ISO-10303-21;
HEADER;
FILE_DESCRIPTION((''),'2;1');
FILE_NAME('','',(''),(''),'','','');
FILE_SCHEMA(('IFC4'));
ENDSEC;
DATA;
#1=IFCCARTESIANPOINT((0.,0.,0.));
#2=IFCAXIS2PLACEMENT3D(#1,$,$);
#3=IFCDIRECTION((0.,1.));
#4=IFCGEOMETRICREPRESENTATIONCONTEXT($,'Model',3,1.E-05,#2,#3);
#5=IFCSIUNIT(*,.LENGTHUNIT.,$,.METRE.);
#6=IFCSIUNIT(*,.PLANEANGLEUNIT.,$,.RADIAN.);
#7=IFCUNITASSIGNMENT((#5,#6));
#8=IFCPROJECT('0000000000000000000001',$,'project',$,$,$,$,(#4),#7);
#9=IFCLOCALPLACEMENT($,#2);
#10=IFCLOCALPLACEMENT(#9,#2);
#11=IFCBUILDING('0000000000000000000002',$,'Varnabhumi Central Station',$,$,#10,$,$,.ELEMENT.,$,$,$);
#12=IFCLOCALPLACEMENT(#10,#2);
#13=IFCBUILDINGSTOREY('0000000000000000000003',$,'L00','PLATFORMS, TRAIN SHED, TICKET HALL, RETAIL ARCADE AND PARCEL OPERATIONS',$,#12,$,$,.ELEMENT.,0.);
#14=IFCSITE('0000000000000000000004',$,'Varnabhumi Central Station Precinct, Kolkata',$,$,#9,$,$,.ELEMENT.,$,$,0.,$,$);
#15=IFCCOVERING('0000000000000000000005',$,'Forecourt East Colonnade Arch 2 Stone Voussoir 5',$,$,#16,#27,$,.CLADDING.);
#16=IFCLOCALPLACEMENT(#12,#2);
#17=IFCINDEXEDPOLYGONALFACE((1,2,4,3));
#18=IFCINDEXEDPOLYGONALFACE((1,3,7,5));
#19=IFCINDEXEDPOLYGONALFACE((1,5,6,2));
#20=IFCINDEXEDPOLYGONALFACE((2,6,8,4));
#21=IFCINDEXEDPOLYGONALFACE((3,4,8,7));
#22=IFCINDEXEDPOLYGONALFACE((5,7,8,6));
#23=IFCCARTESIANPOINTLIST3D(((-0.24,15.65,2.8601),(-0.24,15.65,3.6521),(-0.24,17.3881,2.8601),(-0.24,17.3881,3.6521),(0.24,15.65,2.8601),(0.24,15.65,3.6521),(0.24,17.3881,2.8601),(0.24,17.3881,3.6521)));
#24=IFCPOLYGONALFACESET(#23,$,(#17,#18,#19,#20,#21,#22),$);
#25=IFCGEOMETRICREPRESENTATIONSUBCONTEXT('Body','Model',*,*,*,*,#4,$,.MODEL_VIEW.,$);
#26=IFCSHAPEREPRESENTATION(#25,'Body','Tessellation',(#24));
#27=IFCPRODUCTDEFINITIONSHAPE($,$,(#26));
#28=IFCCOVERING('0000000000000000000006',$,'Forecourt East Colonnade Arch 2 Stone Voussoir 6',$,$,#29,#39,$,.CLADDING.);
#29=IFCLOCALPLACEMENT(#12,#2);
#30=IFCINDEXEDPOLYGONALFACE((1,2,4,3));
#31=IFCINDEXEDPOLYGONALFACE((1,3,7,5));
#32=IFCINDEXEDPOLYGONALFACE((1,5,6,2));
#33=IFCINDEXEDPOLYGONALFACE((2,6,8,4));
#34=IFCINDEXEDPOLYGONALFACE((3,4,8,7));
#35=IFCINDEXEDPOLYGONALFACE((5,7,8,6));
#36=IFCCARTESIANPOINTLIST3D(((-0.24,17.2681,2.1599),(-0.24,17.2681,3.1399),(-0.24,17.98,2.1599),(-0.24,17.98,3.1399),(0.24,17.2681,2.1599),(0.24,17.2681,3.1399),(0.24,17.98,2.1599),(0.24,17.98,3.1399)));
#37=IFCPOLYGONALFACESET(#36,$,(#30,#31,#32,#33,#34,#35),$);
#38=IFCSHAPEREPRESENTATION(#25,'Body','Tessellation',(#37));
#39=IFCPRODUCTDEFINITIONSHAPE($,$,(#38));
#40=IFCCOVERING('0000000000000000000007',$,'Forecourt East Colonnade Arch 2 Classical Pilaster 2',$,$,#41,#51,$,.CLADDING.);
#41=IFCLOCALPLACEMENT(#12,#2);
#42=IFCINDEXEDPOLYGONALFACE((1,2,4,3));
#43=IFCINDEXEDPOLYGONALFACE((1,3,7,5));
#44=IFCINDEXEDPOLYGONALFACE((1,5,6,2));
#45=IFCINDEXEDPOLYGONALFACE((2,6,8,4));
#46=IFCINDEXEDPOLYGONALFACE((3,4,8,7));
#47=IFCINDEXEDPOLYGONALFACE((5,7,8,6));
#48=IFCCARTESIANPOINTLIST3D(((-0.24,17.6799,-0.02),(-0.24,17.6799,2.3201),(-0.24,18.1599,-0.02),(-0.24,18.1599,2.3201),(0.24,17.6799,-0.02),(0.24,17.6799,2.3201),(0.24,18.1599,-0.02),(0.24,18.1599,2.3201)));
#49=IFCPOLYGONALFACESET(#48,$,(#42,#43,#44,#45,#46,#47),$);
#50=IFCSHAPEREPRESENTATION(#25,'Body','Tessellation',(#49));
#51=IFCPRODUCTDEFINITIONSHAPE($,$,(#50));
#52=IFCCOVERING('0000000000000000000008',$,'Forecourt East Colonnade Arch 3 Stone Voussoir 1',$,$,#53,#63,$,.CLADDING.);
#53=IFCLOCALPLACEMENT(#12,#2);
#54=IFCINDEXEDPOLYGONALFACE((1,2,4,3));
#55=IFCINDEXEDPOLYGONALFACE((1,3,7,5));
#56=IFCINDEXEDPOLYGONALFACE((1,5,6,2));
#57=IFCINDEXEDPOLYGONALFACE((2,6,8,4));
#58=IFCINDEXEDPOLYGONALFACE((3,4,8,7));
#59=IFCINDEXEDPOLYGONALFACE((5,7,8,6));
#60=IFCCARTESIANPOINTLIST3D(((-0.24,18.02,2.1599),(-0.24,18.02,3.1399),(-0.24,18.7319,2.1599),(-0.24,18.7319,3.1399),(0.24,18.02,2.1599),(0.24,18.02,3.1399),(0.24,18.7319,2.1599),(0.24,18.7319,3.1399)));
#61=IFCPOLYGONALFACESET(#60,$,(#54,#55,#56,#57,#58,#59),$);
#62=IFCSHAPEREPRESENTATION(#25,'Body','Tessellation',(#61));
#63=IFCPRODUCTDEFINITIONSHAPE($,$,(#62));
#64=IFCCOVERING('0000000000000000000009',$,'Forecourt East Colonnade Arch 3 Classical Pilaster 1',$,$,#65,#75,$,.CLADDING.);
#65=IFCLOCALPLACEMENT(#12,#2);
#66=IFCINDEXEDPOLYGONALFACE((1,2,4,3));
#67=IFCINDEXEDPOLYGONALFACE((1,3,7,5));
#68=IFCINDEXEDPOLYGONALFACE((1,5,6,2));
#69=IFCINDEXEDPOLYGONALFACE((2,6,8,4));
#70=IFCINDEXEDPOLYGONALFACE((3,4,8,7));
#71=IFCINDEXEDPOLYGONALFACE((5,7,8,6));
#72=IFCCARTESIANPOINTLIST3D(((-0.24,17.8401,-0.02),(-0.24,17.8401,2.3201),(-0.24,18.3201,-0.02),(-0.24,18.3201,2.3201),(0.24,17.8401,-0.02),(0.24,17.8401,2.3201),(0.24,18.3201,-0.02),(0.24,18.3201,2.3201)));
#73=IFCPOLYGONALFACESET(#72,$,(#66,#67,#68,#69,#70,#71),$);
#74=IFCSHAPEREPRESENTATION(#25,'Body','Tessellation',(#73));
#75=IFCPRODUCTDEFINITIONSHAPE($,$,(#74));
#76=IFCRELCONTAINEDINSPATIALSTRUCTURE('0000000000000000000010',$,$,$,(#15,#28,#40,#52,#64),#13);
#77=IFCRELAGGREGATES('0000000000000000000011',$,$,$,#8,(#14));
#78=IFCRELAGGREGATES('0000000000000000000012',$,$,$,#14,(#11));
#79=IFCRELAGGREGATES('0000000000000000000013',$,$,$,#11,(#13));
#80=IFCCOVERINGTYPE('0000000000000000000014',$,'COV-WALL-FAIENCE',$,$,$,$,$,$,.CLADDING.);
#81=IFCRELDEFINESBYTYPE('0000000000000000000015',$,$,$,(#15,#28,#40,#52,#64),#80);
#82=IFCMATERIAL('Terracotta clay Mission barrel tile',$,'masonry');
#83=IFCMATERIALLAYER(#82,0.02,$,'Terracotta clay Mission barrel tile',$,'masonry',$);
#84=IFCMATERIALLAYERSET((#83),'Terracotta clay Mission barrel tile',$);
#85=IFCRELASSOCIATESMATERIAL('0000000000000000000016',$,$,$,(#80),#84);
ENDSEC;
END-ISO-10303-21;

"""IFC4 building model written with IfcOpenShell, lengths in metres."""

from ifc_helpers import new_model, si_unit, direction, frame, origin, origin_2d, place, context, subcontext, project, spatial, rectangle, extrude, material, layer, layer_set, type_object, element, save


model = new_model("IFC4")

# Units and contexts
model_context = context("Model", 3, precision=1e-05, world=origin(), true_north=direction((0.0, 1.0)))
body_context = subcontext(model_context, "Body", "Model", "MODEL_VIEW")
ifc_project = project(units=[si_unit("LENGTHUNIT", "METRE"), si_unit("PLANEANGLEUNIT", "RADIAN")], contexts=[model_context])

# Site, building, storey
site_placement = place(None, origin())
site = spatial("IfcSite", under=ifc_project, at=site_placement, Name="Varnabhumi Central Station Precinct, Kolkata", CompositionType="ELEMENT", RefElevation=0.0)
building_placement = place(site_placement, origin())
building = spatial("IfcBuilding", under=site, at=building_placement, Name="Varnabhumi Central Station", CompositionType="ELEMENT")
storey_placement = place(building_placement, origin())
storey = spatial("IfcBuildingStorey", under=building, at=storey_placement, Name="L00", Description="PLATFORMS, TRAIN SHED, TICKET HALL, RETAIL ARCADE AND PARCEL OPERATIONS", CompositionType="ELEMENT", Elevation=0.0)

# Coverings
ifc_material_1 = material(Name="Terracotta clay Mission barrel tile", Category="masonry")
ifc_layer_1 = layer(ifc_material_1, 0.02, Name="Terracotta clay Mission barrel tile", Category="masonry")
ifc_layer_set_1 = layer_set([ifc_layer_1], Name="Terracotta clay Mission barrel tile")
covering_type = type_object("IfcCoveringType", Name="COV-WALL-FAIENCE", PredefinedType="CLADDING", material=ifc_layer_set_1)
covering_1_placement = place(storey_placement, frame((0.0, 16.519, 2.8601), z_axis=(0.0, 0.0, 1.0), x_axis=(0.0, 1.0, 0.0)))
element("IfcCovering", 1, at=covering_1_placement, inside=storey, type_object=covering_type, Name="Forecourt East Colonnade Arch 2 Stone Voussoir 5", PredefinedType="CLADDING", context=body_context, shape_type="SweptSolid", body=[
    extrude(rectangle(XDim=1.738, YDim=0.48, at=origin_2d()), origin(), (0.0, 0.0, 1.0), 0.792),
])
covering_2_placement = place(storey_placement, frame((0.0, 17.624, 2.1599), z_axis=(0.0, 0.0, 1.0), x_axis=(0.0, 1.0, 0.0)))
element("IfcCovering", 2, at=covering_2_placement, inside=storey, type_object=covering_type, Name="Forecourt East Colonnade Arch 2 Stone Voussoir 6", PredefinedType="CLADDING", context=body_context, shape_type="SweptSolid", body=[
    extrude(rectangle(XDim=0.7119, YDim=0.48, at=origin_2d()), origin(), (0.0, 0.0, 1.0), 0.98),
])
covering_3_placement = place(storey_placement, frame((0.0, 17.9199, -0.02), z_axis=(0.0, 0.0, 1.0), x_axis=(1.0, 0.0, 0.0)))
element("IfcCovering", 3, at=covering_3_placement, inside=storey, type_object=covering_type, Name="Forecourt East Colonnade Arch 2 Classical Pilaster 2", PredefinedType="CLADDING", context=body_context, shape_type="SweptSolid", body=[
    extrude(rectangle(XDim=0.48, YDim=0.48, at=origin_2d()), origin(), (0.0, 0.0, 1.0), 2.3401),
])
covering_4_placement = place(storey_placement, frame((0.0, 18.376, 2.1599), z_axis=(0.0, 0.0, 1.0), x_axis=(0.0, 1.0, 0.0)))
element("IfcCovering", 4, at=covering_4_placement, inside=storey, type_object=covering_type, Name="Forecourt East Colonnade Arch 3 Stone Voussoir 1", PredefinedType="CLADDING", context=body_context, shape_type="SweptSolid", body=[
    extrude(rectangle(XDim=0.7119, YDim=0.48, at=origin_2d()), origin(), (0.0, 0.0, 1.0), 0.98),
])
covering_5_placement = place(storey_placement, frame((0.0, 18.0801, -0.02), z_axis=(0.0, 0.0, 1.0), x_axis=(1.0, 0.0, 0.0)))
element("IfcCovering", 5, at=covering_5_placement, inside=storey, type_object=covering_type, Name="Forecourt East Colonnade Arch 3 Classical Pilaster 1", PredefinedType="CLADDING", context=body_context, shape_type="SweptSolid", body=[
    extrude(rectangle(XDim=0.48, YDim=0.48, at=origin_2d()), origin(), (0.0, 0.0, 1.0), 2.3401),
])

save(model, "model.ifc")
